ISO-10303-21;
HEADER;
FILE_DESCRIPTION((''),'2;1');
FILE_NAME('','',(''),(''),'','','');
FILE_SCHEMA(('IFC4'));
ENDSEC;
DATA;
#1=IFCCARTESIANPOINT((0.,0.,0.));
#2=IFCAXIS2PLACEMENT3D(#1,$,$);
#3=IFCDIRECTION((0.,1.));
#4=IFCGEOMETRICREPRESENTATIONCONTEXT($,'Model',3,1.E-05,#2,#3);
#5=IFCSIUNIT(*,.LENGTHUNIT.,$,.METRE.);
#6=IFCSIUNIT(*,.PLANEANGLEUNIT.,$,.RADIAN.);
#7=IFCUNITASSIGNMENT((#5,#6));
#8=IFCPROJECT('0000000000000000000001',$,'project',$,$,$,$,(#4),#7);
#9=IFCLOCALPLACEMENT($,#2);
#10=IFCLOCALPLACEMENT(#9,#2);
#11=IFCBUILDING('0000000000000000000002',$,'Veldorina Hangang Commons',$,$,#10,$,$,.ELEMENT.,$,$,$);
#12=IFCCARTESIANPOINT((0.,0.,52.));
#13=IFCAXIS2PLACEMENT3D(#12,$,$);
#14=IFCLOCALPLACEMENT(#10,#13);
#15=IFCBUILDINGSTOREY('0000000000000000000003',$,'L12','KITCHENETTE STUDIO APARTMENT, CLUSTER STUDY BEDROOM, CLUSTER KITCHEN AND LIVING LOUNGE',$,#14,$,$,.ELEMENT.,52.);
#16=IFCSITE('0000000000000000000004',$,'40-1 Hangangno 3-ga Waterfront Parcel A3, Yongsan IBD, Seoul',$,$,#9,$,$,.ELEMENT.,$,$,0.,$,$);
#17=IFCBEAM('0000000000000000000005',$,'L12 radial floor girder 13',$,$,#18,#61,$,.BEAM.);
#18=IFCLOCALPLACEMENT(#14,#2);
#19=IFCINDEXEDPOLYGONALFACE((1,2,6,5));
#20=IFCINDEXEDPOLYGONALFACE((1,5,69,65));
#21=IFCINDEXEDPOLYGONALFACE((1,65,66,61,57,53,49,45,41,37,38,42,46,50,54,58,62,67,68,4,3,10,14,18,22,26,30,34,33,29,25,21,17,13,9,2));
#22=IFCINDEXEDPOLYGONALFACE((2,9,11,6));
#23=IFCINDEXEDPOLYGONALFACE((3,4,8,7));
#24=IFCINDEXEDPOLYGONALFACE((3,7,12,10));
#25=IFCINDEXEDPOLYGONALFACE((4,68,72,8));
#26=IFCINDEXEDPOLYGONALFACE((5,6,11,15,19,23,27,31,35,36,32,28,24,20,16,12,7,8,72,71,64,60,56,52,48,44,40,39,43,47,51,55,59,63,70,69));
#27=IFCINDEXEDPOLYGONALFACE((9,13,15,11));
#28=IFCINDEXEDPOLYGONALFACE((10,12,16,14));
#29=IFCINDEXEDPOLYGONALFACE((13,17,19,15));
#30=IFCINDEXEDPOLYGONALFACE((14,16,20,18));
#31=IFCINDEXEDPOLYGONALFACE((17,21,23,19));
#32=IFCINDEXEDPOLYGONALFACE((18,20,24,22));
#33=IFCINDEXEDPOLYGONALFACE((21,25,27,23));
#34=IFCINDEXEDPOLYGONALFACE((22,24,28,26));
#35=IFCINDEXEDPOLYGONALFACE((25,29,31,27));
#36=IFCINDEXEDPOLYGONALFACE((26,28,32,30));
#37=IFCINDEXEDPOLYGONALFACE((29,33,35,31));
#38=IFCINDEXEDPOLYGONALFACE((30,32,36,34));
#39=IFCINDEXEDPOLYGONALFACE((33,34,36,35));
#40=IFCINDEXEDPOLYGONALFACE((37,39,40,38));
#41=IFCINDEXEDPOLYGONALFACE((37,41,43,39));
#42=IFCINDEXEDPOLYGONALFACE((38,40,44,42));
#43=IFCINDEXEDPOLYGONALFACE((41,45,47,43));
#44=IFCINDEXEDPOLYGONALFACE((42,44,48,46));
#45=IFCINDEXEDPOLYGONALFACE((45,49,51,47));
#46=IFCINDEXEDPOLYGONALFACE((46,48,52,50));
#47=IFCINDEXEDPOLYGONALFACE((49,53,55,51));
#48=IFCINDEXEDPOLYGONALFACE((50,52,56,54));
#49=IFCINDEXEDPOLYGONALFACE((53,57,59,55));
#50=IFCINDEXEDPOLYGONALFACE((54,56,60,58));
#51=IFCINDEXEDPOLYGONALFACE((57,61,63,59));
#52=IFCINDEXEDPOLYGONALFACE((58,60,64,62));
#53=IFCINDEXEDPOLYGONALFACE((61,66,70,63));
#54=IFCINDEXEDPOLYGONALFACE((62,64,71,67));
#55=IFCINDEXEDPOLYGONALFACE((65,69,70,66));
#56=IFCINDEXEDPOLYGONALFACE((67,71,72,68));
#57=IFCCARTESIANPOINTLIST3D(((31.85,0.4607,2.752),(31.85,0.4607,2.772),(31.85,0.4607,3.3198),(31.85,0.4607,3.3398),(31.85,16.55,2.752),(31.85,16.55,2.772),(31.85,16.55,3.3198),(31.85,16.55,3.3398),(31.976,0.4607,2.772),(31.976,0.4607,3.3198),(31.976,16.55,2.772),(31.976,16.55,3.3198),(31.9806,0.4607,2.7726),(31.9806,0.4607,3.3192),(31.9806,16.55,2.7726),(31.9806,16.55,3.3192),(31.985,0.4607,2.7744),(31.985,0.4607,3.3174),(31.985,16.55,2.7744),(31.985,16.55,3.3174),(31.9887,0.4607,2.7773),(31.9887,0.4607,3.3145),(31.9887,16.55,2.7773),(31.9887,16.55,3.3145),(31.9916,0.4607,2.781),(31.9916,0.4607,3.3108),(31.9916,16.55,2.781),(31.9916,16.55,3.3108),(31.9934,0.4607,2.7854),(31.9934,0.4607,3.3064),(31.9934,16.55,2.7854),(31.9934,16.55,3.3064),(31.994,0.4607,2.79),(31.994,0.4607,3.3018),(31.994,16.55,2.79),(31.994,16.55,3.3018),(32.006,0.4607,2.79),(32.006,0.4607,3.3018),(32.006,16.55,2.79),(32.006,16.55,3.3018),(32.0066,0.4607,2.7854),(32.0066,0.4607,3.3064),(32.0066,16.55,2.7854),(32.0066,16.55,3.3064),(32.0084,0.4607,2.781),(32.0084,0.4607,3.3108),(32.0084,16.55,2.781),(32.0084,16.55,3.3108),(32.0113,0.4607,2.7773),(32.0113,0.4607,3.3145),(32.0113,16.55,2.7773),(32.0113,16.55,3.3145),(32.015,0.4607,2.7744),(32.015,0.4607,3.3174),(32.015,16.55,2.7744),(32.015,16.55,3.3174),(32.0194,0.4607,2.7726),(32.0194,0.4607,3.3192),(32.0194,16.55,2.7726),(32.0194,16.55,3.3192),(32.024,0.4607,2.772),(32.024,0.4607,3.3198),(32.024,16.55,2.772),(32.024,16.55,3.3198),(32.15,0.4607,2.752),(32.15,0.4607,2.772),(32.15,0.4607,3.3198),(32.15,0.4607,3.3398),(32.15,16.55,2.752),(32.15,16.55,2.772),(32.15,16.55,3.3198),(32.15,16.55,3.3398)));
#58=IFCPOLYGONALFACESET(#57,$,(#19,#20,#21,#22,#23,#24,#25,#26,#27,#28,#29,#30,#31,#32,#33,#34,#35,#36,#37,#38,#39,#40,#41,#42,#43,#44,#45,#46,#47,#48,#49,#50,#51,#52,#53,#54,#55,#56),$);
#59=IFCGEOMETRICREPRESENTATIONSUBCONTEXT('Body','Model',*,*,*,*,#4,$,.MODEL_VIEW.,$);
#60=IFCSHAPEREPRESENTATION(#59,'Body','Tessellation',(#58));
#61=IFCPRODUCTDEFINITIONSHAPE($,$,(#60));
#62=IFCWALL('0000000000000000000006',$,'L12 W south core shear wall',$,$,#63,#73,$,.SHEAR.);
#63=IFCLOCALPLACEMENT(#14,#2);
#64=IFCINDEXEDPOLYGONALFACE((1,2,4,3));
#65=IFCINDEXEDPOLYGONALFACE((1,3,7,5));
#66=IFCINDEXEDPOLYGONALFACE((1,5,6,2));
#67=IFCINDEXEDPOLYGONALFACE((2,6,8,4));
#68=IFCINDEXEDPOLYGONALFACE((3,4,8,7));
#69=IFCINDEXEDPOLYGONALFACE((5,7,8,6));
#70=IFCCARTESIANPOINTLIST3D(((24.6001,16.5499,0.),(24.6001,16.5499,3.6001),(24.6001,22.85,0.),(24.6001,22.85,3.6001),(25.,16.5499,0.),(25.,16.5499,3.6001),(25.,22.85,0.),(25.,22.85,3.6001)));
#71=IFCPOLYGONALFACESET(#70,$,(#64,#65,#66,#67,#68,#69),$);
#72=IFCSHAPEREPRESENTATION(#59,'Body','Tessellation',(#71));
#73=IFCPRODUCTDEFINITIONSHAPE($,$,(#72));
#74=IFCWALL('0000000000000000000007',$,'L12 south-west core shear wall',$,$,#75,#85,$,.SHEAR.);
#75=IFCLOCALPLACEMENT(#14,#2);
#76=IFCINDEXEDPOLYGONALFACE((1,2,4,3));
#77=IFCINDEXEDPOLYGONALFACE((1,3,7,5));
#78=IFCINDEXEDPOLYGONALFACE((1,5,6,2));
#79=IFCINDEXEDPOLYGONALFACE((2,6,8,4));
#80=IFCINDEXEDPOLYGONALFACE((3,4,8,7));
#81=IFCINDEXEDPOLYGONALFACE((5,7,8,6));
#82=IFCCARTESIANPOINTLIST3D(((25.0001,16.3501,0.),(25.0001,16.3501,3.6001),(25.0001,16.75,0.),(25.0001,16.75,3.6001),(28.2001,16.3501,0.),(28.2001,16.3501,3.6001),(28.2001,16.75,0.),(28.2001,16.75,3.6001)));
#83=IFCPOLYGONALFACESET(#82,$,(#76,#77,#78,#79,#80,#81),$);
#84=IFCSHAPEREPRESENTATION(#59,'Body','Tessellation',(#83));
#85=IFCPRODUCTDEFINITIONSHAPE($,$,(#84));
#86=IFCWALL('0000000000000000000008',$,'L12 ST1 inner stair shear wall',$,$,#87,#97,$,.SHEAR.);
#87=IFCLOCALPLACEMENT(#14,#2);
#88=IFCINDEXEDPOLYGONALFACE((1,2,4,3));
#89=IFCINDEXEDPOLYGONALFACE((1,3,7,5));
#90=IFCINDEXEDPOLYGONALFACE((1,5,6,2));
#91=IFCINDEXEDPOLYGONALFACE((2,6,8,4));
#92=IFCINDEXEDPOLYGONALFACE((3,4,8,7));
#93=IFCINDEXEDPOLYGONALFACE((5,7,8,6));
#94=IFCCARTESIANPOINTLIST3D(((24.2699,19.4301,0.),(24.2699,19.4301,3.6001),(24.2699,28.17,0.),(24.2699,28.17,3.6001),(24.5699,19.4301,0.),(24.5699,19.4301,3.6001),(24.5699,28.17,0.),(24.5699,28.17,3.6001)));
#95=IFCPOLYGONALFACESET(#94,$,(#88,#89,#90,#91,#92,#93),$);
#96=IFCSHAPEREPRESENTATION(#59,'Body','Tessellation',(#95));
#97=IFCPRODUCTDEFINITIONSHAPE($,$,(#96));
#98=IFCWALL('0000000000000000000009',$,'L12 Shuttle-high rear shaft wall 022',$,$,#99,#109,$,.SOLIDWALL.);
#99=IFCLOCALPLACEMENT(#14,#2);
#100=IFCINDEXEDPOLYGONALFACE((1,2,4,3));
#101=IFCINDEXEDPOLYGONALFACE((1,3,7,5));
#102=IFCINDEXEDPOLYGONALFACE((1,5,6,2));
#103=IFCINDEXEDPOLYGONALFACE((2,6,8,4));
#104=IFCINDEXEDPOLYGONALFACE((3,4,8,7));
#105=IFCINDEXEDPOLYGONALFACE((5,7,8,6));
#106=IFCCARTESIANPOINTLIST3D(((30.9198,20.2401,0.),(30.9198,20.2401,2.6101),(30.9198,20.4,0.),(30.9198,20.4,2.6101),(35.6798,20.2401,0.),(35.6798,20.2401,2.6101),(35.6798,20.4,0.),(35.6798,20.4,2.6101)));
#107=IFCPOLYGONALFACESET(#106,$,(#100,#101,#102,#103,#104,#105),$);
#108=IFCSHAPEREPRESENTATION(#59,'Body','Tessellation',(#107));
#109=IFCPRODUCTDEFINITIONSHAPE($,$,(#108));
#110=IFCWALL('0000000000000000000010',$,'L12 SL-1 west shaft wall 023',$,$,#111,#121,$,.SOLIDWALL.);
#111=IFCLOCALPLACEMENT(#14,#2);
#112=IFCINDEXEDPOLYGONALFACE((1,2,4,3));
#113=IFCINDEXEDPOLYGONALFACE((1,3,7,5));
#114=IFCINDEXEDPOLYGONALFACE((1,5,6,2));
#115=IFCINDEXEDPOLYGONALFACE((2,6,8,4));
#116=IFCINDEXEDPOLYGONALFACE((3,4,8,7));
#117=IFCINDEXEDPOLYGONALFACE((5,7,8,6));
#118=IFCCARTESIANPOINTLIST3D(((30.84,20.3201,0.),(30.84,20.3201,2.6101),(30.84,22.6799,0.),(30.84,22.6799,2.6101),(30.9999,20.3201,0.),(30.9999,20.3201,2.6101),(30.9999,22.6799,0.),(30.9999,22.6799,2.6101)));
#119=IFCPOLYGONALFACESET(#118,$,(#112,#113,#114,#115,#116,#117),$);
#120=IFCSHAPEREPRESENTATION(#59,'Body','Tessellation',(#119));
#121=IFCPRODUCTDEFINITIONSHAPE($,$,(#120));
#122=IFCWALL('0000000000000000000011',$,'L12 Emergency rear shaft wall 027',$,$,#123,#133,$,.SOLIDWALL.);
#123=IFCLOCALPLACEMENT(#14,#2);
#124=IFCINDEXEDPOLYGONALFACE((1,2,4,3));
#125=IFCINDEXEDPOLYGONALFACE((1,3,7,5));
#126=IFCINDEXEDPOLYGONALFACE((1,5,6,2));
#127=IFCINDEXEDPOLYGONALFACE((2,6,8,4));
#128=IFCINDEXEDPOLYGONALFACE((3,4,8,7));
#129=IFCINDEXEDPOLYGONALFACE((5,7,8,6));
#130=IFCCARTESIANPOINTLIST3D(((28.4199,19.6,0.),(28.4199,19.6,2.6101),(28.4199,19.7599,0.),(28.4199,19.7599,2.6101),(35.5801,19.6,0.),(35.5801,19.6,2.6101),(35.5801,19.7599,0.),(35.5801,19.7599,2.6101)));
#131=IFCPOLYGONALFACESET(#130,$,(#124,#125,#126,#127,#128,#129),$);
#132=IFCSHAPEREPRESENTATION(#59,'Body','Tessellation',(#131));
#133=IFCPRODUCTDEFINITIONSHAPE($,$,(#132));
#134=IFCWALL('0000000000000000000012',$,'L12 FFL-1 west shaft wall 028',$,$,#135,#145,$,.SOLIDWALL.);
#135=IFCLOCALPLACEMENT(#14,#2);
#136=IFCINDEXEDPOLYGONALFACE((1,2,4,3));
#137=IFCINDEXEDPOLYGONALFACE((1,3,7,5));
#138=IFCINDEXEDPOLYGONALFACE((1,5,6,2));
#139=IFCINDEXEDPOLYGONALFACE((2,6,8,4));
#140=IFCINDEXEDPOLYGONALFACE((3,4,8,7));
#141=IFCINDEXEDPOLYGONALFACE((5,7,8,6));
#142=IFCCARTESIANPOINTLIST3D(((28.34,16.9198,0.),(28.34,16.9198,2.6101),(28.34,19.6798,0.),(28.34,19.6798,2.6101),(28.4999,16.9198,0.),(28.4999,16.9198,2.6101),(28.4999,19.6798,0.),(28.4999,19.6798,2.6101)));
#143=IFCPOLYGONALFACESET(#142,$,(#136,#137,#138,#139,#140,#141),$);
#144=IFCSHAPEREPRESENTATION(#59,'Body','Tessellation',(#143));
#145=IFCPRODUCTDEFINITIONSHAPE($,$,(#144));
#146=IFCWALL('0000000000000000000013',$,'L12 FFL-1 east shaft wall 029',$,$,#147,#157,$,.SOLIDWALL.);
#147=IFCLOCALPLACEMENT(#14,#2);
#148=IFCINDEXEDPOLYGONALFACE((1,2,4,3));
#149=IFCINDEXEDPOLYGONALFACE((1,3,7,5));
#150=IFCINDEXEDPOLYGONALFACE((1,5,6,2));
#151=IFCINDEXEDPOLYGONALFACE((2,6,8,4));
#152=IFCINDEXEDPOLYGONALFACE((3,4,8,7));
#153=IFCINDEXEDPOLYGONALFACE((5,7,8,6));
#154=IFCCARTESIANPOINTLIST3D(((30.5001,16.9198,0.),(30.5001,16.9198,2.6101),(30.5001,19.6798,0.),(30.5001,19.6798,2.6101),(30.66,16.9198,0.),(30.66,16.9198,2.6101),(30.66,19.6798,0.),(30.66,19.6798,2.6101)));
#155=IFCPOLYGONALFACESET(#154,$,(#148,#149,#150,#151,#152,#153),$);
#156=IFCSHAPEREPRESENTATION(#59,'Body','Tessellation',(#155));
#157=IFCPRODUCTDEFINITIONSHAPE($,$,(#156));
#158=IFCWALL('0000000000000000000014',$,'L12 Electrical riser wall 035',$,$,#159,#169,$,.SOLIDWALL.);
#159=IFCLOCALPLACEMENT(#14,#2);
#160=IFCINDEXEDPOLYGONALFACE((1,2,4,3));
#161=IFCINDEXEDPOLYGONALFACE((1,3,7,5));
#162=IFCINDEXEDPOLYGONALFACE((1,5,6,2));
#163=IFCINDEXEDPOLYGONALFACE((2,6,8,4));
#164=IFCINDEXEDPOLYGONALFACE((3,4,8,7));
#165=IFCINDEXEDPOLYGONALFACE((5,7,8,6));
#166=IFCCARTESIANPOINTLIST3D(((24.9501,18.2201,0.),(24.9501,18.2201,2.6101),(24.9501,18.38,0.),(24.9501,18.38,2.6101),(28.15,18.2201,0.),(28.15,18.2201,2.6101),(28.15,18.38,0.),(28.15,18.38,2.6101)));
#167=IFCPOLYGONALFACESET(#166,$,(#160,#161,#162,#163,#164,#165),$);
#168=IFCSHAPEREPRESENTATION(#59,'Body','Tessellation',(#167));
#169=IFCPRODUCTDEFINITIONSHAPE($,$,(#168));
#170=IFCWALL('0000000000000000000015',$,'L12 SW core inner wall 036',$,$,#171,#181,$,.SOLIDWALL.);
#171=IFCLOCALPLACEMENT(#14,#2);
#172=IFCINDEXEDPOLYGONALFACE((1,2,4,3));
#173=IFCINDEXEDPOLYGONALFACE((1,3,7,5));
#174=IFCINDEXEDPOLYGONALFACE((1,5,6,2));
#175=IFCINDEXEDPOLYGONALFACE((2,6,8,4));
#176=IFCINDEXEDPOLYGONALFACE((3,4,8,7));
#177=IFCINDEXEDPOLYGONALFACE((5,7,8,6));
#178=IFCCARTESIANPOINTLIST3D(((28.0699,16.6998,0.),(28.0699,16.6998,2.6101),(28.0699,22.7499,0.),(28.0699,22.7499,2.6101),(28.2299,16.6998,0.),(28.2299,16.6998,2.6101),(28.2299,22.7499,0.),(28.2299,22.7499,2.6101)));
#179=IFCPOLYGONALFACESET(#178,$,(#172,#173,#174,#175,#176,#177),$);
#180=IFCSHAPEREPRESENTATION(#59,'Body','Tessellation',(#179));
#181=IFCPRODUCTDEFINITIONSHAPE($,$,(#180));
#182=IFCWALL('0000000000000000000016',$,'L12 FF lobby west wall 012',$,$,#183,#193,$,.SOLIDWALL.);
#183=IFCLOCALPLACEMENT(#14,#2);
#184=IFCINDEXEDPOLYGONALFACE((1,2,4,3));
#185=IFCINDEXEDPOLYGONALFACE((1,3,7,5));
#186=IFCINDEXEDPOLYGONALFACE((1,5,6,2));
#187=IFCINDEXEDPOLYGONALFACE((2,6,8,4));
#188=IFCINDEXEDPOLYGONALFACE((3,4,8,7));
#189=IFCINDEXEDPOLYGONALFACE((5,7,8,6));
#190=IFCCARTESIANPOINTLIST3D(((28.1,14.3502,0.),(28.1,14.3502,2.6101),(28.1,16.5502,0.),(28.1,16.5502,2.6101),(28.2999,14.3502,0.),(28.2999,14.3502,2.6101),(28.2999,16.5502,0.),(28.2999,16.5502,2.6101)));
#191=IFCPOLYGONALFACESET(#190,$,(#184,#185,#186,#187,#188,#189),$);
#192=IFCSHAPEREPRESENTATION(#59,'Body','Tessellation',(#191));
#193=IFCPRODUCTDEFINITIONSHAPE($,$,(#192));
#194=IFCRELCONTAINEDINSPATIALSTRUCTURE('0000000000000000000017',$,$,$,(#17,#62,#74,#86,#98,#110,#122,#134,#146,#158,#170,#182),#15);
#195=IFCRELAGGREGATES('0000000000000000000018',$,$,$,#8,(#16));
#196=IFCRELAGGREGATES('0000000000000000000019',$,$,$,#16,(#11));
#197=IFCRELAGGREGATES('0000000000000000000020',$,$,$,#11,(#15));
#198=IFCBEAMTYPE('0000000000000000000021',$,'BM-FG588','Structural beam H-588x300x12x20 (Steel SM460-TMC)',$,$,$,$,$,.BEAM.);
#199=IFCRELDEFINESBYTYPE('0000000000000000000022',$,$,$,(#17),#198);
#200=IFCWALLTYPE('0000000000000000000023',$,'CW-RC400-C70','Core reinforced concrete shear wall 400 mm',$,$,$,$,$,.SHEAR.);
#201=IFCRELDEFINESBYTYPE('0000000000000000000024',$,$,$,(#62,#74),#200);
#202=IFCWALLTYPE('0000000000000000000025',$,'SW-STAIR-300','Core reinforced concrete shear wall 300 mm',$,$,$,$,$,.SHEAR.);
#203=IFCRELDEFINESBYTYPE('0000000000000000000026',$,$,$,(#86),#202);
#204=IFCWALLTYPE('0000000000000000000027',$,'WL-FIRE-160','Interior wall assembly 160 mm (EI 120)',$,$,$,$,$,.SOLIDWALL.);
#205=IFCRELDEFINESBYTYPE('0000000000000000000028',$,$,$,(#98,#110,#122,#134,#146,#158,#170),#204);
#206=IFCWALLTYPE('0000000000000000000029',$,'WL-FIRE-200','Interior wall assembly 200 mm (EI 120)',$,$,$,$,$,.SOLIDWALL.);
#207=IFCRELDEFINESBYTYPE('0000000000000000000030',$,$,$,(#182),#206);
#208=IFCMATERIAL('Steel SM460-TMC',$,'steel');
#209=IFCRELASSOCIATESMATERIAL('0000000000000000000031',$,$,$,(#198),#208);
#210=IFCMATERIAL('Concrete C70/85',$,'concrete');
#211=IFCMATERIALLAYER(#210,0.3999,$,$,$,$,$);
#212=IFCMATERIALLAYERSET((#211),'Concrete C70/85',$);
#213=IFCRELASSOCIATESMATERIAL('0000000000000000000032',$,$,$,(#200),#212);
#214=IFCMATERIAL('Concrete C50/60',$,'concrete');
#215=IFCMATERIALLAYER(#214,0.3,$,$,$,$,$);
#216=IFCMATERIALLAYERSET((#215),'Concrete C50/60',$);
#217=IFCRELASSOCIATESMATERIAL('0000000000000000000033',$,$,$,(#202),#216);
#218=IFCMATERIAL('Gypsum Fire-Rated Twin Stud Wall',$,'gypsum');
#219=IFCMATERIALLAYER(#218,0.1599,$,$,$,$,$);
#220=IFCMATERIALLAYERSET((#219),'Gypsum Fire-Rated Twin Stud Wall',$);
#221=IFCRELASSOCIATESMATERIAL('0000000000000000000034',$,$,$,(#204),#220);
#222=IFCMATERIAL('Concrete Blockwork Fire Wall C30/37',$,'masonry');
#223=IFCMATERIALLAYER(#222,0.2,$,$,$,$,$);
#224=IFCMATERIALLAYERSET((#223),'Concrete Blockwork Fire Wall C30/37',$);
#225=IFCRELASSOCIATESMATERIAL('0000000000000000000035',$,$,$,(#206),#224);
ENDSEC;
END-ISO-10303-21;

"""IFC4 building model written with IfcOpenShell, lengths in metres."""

from ifc_helpers import new_model, si_unit, direction, frame, frame_2d, origin, origin_2d, place, context, subcontext, project, spatial, rectangle, i_section, extrude, material, layer, layer_set, material_profile, profile_set, type_object, element, save


model = new_model("IFC4")

# Units and contexts
model_context = context("Model", 3, precision=1e-05, world=origin(), true_north=direction((0.0, 1.0)))
body_context = subcontext(model_context, "Body", "Model", "MODEL_VIEW")
ifc_project = project(units=[si_unit("LENGTHUNIT", "METRE"), si_unit("PLANEANGLEUNIT", "RADIAN")], contexts=[model_context])

# Site, building, storey
site_placement = place(None, origin())
site = spatial("IfcSite", under=ifc_project, at=site_placement, Name="40-1 Hangangno 3-ga Waterfront Parcel A3, Yongsan IBD, Seoul", CompositionType="ELEMENT", RefElevation=0.0)
building_placement = place(site_placement, origin())
building = spatial("IfcBuilding", under=site, at=building_placement, Name="Veldorina Hangang Commons", CompositionType="ELEMENT")
storey_placement = place(building_placement, frame((0.0, 0.0, 52.0)))
storey = spatial("IfcBuildingStorey", under=building, at=storey_placement, Name="L12", Description="KITCHENETTE STUDIO APARTMENT, CLUSTER STUDY BEDROOM, CLUSTER KITCHEN AND LIVING LOUNGE", CompositionType="ELEMENT", Elevation=52.0)

# Beam
ifc_material_1 = material(Name="Concrete C70/85", Category="concrete")
ifc_material_2 = material(Name="Steel SM460-TMC", Category="steel")
ifc_material_profile_1 = material_profile(ifc_material_2, i_section(OverallWidth=0.3, OverallDepth=0.5879, WebThickness=0.012, FlangeThickness=0.02, FilletRadius=0.0181, at=origin_2d()), Name="H-588x300x12x20")
ifc_profile_set_1 = profile_set([ifc_material_profile_1], Name="Steel SM460-TMC")
beam_type_1 = type_object("IfcBeamType", Name="BM-FG588", Description="Structural beam H-588x300x12x20 (Steel SM460-TMC)", PredefinedType="BEAM", material=ifc_profile_set_1)
beam_1_placement = place(storey_placement, frame((32.0, 16.55, 3.0459), z_axis=(0.0, -1.0, 0.0), x_axis=(1.0, 0.0, 0.0)))
element("IfcBeam", 1, at=beam_1_placement, inside=storey, type_object=beam_type_1, Name="L12 radial floor girder 13", PredefinedType="BEAM", context=body_context, shape_type="SweptSolid", body=[
    extrude(i_section(OverallWidth=0.3, OverallDepth=0.5879, WebThickness=0.012, FlangeThickness=0.02, FilletRadius=0.0181, at=origin_2d()), origin(), (0.0, 0.0, 1.0), 16.0894),
])

# Walls
ifc_layer_1 = layer(ifc_material_1, 0.3999)
ifc_layer_set_1 = layer_set([ifc_layer_1], Name="Concrete C70/85")
wall_type_1 = type_object("IfcWallType", Name="CW-RC400-C70", Description="Core reinforced concrete shear wall 400 mm", PredefinedType="SHEAR", material=ifc_layer_set_1)
wall_1_placement = place(storey_placement, frame((24.8, 16.55, 0.0), z_axis=(0.0, 0.0, 1.0), x_axis=(0.0, 1.0, 0.0)))
element("IfcWall", 2, at=wall_1_placement, inside=storey, type_object=wall_type_1, Name="L12 W south core shear wall", PredefinedType="SHEAR", context=body_context, shape_type="SweptSolid", body=[
    extrude(rectangle(XDim=6.3, YDim=0.3999, at=frame_2d((3.1499, 0.0))), origin(), (0.0, 0.0, 1.0), 3.6001),
])
wall_2_placement = place(storey_placement, frame((25.0, 16.55, 0.0), z_axis=(0.0, 0.0, 1.0), x_axis=(1.0, 0.0, 0.0)))
element("IfcWall", 3, at=wall_2_placement, inside=storey, type_object=wall_type_1, Name="L12 south-west core shear wall", PredefinedType="SHEAR", context=body_context, shape_type="SweptSolid", body=[
    extrude(rectangle(XDim=3.2, YDim=0.3999, at=frame_2d((1.6001, 0.0))), origin(), (0.0, 0.0, 1.0), 3.6001),
])
ifc_material_3 = material(Name="Concrete C50/60", Category="concrete")
ifc_layer_2 = layer(ifc_material_3, 0.3)
ifc_layer_set_2 = layer_set([ifc_layer_2], Name="Concrete C50/60")
wall_type_2 = type_object("IfcWallType", Name="SW-STAIR-300", Description="Core reinforced concrete shear wall 300 mm", PredefinedType="SHEAR", material=ifc_layer_set_2)
wall_3_placement = place(storey_placement, frame((24.4199, 19.4299, 0.0), z_axis=(0.0, 0.0, 1.0), x_axis=(0.0, 1.0, 0.0)))
element("IfcWall", 4, at=wall_3_placement, inside=storey, type_object=wall_type_2, Name="L12 ST1 inner stair shear wall", PredefinedType="SHEAR", context=body_context, shape_type="SweptSolid", body=[
    extrude(rectangle(XDim=8.74, YDim=0.3, at=frame_2d((4.3701, 0.0))), origin(), (0.0, 0.0, 1.0), 3.6001),
])
ifc_material_4 = material(Name="Gypsum Fire-Rated Twin Stud Wall", Category="gypsum")
ifc_layer_3 = layer(ifc_material_4, 0.1599)
ifc_layer_set_3 = layer_set([ifc_layer_3], Name="Gypsum Fire-Rated Twin Stud Wall")
wall_type_3 = type_object("IfcWallType", Name="WL-FIRE-160", Description="Interior wall assembly 160 mm (EI 120)", PredefinedType="SOLIDWALL", material=ifc_layer_set_3)
wall_4_placement = place(storey_placement, frame((30.9199, 20.3201, 0.0), z_axis=(0.0, 0.0, 1.0), x_axis=(1.0, 0.0, 0.0)))
element("IfcWall", 5, at=wall_4_placement, inside=storey, type_object=wall_type_3, Name="L12 Shuttle-high rear shaft wall 022", PredefinedType="SOLIDWALL", context=body_context, shape_type="SweptSolid", body=[
    extrude(rectangle(XDim=4.76, YDim=0.1599, at=frame_2d((2.3799, 0.0))), origin(), (0.0, 0.0, 1.0), 2.6101),
])
wall_5_placement = place(storey_placement, frame((30.9199, 20.3201, 0.0), z_axis=(0.0, 0.0, 1.0), x_axis=(0.0, 1.0, 0.0)))
element("IfcWall", 6, at=wall_5_placement, inside=storey, type_object=wall_type_3, Name="L12 SL-1 west shaft wall 023", PredefinedType="SOLIDWALL", context=body_context, shape_type="SweptSolid", body=[
    extrude(rectangle(XDim=2.3599, YDim=0.1599, at=frame_2d((1.1799, 0.0))), origin(), (0.0, 0.0, 1.0), 2.6101),
])

# Walls
wall_6_placement = place(storey_placement, frame((28.4199, 19.6799, 0.0), z_axis=(0.0, 0.0, 1.0), x_axis=(1.0, 0.0, 0.0)))
element("IfcWall", 7, at=wall_6_placement, inside=storey, type_object=wall_type_3, Name="L12 Emergency rear shaft wall 027", PredefinedType="SOLIDWALL", context=body_context, shape_type="SweptSolid", body=[
    extrude(rectangle(XDim=7.1602, YDim=0.1599, at=frame_2d((3.5801, 0.0))), origin(), (0.0, 0.0, 1.0), 2.6101),
])
for number, where, z_axis, x_axis, name in (
    (8, (28.4199, 16.9199, 0.0), (0.0, 0.0, 1.0), (0.0, 1.0, 0.0), "L12 FFL-1 west shaft wall 028"),
    (9, (30.5801, 16.9199, 0.0), (0.0, 0.0, 1.0), (0.0, 1.0, 0.0), "L12 FFL-1 east shaft wall 029"),
):
    element("IfcWall", number, at=place(storey_placement, frame(where, z_axis=z_axis, x_axis=x_axis)), inside=storey, type_object=wall_type_3, Name=name, PredefinedType="SOLIDWALL", context=body_context, shape_type="SweptSolid", body=[
        extrude(rectangle(XDim=2.76, YDim=0.1599, at=frame_2d((1.3799, 0.0))), origin(), (0.0, 0.0, 1.0), 2.6101),
    ])
wall_7_placement = place(storey_placement, frame((24.95, 18.3, 0.0), z_axis=(0.0, 0.0, 1.0), x_axis=(1.0, 0.0, 0.0)))
element("IfcWall", 10, at=wall_7_placement, inside=storey, type_object=wall_type_3, Name="L12 Electrical riser wall 035", PredefinedType="SOLIDWALL", context=body_context, shape_type="SweptSolid", body=[
    extrude(rectangle(XDim=3.2, YDim=0.1599, at=frame_2d((1.6001, 0.0))), origin(), (0.0, 0.0, 1.0), 2.6101),
])
wall_8_placement = place(storey_placement, frame((28.1499, 16.7, 0.0), z_axis=(0.0, 0.0, 1.0), x_axis=(0.0, 1.0, 0.0)))
element("IfcWall", 11, at=wall_8_placement, inside=storey, type_object=wall_type_3, Name="L12 SW core inner wall 036", PredefinedType="SOLIDWALL", context=body_context, shape_type="SweptSolid", body=[
    extrude(rectangle(XDim=6.05, YDim=0.1599, at=frame_2d((3.0249, 0.0))), origin(), (0.0, 0.0, 1.0), 2.6101),
])
ifc_material_5 = material(Name="Concrete Blockwork Fire Wall C30/37", Category="masonry")
ifc_layer_4 = layer(ifc_material_5, 0.2)
ifc_layer_set_4 = layer_set([ifc_layer_4], Name="Concrete Blockwork Fire Wall C30/37")
wall_type_4 = type_object("IfcWallType", Name="WL-FIRE-200", Description="Interior wall assembly 200 mm (EI 120)", PredefinedType="SOLIDWALL", material=ifc_layer_set_4)
wall_9_placement = place(storey_placement, frame((28.2, 14.3501, 0.0), z_axis=(0.0, 0.0, 1.0), x_axis=(0.0, 1.0, 0.0)))
element("IfcWall", 12, at=wall_9_placement, inside=storey, type_object=wall_type_4, Name="L12 FF lobby west wall 012", PredefinedType="SOLIDWALL", context=body_context, shape_type="SweptSolid", body=[
    extrude(rectangle(XDim=2.2, YDim=0.2, at=frame_2d((1.1001, 0.0))), origin(), (0.0, 0.0, 1.0), 2.6101),
])

save(model, "model.ifc")
